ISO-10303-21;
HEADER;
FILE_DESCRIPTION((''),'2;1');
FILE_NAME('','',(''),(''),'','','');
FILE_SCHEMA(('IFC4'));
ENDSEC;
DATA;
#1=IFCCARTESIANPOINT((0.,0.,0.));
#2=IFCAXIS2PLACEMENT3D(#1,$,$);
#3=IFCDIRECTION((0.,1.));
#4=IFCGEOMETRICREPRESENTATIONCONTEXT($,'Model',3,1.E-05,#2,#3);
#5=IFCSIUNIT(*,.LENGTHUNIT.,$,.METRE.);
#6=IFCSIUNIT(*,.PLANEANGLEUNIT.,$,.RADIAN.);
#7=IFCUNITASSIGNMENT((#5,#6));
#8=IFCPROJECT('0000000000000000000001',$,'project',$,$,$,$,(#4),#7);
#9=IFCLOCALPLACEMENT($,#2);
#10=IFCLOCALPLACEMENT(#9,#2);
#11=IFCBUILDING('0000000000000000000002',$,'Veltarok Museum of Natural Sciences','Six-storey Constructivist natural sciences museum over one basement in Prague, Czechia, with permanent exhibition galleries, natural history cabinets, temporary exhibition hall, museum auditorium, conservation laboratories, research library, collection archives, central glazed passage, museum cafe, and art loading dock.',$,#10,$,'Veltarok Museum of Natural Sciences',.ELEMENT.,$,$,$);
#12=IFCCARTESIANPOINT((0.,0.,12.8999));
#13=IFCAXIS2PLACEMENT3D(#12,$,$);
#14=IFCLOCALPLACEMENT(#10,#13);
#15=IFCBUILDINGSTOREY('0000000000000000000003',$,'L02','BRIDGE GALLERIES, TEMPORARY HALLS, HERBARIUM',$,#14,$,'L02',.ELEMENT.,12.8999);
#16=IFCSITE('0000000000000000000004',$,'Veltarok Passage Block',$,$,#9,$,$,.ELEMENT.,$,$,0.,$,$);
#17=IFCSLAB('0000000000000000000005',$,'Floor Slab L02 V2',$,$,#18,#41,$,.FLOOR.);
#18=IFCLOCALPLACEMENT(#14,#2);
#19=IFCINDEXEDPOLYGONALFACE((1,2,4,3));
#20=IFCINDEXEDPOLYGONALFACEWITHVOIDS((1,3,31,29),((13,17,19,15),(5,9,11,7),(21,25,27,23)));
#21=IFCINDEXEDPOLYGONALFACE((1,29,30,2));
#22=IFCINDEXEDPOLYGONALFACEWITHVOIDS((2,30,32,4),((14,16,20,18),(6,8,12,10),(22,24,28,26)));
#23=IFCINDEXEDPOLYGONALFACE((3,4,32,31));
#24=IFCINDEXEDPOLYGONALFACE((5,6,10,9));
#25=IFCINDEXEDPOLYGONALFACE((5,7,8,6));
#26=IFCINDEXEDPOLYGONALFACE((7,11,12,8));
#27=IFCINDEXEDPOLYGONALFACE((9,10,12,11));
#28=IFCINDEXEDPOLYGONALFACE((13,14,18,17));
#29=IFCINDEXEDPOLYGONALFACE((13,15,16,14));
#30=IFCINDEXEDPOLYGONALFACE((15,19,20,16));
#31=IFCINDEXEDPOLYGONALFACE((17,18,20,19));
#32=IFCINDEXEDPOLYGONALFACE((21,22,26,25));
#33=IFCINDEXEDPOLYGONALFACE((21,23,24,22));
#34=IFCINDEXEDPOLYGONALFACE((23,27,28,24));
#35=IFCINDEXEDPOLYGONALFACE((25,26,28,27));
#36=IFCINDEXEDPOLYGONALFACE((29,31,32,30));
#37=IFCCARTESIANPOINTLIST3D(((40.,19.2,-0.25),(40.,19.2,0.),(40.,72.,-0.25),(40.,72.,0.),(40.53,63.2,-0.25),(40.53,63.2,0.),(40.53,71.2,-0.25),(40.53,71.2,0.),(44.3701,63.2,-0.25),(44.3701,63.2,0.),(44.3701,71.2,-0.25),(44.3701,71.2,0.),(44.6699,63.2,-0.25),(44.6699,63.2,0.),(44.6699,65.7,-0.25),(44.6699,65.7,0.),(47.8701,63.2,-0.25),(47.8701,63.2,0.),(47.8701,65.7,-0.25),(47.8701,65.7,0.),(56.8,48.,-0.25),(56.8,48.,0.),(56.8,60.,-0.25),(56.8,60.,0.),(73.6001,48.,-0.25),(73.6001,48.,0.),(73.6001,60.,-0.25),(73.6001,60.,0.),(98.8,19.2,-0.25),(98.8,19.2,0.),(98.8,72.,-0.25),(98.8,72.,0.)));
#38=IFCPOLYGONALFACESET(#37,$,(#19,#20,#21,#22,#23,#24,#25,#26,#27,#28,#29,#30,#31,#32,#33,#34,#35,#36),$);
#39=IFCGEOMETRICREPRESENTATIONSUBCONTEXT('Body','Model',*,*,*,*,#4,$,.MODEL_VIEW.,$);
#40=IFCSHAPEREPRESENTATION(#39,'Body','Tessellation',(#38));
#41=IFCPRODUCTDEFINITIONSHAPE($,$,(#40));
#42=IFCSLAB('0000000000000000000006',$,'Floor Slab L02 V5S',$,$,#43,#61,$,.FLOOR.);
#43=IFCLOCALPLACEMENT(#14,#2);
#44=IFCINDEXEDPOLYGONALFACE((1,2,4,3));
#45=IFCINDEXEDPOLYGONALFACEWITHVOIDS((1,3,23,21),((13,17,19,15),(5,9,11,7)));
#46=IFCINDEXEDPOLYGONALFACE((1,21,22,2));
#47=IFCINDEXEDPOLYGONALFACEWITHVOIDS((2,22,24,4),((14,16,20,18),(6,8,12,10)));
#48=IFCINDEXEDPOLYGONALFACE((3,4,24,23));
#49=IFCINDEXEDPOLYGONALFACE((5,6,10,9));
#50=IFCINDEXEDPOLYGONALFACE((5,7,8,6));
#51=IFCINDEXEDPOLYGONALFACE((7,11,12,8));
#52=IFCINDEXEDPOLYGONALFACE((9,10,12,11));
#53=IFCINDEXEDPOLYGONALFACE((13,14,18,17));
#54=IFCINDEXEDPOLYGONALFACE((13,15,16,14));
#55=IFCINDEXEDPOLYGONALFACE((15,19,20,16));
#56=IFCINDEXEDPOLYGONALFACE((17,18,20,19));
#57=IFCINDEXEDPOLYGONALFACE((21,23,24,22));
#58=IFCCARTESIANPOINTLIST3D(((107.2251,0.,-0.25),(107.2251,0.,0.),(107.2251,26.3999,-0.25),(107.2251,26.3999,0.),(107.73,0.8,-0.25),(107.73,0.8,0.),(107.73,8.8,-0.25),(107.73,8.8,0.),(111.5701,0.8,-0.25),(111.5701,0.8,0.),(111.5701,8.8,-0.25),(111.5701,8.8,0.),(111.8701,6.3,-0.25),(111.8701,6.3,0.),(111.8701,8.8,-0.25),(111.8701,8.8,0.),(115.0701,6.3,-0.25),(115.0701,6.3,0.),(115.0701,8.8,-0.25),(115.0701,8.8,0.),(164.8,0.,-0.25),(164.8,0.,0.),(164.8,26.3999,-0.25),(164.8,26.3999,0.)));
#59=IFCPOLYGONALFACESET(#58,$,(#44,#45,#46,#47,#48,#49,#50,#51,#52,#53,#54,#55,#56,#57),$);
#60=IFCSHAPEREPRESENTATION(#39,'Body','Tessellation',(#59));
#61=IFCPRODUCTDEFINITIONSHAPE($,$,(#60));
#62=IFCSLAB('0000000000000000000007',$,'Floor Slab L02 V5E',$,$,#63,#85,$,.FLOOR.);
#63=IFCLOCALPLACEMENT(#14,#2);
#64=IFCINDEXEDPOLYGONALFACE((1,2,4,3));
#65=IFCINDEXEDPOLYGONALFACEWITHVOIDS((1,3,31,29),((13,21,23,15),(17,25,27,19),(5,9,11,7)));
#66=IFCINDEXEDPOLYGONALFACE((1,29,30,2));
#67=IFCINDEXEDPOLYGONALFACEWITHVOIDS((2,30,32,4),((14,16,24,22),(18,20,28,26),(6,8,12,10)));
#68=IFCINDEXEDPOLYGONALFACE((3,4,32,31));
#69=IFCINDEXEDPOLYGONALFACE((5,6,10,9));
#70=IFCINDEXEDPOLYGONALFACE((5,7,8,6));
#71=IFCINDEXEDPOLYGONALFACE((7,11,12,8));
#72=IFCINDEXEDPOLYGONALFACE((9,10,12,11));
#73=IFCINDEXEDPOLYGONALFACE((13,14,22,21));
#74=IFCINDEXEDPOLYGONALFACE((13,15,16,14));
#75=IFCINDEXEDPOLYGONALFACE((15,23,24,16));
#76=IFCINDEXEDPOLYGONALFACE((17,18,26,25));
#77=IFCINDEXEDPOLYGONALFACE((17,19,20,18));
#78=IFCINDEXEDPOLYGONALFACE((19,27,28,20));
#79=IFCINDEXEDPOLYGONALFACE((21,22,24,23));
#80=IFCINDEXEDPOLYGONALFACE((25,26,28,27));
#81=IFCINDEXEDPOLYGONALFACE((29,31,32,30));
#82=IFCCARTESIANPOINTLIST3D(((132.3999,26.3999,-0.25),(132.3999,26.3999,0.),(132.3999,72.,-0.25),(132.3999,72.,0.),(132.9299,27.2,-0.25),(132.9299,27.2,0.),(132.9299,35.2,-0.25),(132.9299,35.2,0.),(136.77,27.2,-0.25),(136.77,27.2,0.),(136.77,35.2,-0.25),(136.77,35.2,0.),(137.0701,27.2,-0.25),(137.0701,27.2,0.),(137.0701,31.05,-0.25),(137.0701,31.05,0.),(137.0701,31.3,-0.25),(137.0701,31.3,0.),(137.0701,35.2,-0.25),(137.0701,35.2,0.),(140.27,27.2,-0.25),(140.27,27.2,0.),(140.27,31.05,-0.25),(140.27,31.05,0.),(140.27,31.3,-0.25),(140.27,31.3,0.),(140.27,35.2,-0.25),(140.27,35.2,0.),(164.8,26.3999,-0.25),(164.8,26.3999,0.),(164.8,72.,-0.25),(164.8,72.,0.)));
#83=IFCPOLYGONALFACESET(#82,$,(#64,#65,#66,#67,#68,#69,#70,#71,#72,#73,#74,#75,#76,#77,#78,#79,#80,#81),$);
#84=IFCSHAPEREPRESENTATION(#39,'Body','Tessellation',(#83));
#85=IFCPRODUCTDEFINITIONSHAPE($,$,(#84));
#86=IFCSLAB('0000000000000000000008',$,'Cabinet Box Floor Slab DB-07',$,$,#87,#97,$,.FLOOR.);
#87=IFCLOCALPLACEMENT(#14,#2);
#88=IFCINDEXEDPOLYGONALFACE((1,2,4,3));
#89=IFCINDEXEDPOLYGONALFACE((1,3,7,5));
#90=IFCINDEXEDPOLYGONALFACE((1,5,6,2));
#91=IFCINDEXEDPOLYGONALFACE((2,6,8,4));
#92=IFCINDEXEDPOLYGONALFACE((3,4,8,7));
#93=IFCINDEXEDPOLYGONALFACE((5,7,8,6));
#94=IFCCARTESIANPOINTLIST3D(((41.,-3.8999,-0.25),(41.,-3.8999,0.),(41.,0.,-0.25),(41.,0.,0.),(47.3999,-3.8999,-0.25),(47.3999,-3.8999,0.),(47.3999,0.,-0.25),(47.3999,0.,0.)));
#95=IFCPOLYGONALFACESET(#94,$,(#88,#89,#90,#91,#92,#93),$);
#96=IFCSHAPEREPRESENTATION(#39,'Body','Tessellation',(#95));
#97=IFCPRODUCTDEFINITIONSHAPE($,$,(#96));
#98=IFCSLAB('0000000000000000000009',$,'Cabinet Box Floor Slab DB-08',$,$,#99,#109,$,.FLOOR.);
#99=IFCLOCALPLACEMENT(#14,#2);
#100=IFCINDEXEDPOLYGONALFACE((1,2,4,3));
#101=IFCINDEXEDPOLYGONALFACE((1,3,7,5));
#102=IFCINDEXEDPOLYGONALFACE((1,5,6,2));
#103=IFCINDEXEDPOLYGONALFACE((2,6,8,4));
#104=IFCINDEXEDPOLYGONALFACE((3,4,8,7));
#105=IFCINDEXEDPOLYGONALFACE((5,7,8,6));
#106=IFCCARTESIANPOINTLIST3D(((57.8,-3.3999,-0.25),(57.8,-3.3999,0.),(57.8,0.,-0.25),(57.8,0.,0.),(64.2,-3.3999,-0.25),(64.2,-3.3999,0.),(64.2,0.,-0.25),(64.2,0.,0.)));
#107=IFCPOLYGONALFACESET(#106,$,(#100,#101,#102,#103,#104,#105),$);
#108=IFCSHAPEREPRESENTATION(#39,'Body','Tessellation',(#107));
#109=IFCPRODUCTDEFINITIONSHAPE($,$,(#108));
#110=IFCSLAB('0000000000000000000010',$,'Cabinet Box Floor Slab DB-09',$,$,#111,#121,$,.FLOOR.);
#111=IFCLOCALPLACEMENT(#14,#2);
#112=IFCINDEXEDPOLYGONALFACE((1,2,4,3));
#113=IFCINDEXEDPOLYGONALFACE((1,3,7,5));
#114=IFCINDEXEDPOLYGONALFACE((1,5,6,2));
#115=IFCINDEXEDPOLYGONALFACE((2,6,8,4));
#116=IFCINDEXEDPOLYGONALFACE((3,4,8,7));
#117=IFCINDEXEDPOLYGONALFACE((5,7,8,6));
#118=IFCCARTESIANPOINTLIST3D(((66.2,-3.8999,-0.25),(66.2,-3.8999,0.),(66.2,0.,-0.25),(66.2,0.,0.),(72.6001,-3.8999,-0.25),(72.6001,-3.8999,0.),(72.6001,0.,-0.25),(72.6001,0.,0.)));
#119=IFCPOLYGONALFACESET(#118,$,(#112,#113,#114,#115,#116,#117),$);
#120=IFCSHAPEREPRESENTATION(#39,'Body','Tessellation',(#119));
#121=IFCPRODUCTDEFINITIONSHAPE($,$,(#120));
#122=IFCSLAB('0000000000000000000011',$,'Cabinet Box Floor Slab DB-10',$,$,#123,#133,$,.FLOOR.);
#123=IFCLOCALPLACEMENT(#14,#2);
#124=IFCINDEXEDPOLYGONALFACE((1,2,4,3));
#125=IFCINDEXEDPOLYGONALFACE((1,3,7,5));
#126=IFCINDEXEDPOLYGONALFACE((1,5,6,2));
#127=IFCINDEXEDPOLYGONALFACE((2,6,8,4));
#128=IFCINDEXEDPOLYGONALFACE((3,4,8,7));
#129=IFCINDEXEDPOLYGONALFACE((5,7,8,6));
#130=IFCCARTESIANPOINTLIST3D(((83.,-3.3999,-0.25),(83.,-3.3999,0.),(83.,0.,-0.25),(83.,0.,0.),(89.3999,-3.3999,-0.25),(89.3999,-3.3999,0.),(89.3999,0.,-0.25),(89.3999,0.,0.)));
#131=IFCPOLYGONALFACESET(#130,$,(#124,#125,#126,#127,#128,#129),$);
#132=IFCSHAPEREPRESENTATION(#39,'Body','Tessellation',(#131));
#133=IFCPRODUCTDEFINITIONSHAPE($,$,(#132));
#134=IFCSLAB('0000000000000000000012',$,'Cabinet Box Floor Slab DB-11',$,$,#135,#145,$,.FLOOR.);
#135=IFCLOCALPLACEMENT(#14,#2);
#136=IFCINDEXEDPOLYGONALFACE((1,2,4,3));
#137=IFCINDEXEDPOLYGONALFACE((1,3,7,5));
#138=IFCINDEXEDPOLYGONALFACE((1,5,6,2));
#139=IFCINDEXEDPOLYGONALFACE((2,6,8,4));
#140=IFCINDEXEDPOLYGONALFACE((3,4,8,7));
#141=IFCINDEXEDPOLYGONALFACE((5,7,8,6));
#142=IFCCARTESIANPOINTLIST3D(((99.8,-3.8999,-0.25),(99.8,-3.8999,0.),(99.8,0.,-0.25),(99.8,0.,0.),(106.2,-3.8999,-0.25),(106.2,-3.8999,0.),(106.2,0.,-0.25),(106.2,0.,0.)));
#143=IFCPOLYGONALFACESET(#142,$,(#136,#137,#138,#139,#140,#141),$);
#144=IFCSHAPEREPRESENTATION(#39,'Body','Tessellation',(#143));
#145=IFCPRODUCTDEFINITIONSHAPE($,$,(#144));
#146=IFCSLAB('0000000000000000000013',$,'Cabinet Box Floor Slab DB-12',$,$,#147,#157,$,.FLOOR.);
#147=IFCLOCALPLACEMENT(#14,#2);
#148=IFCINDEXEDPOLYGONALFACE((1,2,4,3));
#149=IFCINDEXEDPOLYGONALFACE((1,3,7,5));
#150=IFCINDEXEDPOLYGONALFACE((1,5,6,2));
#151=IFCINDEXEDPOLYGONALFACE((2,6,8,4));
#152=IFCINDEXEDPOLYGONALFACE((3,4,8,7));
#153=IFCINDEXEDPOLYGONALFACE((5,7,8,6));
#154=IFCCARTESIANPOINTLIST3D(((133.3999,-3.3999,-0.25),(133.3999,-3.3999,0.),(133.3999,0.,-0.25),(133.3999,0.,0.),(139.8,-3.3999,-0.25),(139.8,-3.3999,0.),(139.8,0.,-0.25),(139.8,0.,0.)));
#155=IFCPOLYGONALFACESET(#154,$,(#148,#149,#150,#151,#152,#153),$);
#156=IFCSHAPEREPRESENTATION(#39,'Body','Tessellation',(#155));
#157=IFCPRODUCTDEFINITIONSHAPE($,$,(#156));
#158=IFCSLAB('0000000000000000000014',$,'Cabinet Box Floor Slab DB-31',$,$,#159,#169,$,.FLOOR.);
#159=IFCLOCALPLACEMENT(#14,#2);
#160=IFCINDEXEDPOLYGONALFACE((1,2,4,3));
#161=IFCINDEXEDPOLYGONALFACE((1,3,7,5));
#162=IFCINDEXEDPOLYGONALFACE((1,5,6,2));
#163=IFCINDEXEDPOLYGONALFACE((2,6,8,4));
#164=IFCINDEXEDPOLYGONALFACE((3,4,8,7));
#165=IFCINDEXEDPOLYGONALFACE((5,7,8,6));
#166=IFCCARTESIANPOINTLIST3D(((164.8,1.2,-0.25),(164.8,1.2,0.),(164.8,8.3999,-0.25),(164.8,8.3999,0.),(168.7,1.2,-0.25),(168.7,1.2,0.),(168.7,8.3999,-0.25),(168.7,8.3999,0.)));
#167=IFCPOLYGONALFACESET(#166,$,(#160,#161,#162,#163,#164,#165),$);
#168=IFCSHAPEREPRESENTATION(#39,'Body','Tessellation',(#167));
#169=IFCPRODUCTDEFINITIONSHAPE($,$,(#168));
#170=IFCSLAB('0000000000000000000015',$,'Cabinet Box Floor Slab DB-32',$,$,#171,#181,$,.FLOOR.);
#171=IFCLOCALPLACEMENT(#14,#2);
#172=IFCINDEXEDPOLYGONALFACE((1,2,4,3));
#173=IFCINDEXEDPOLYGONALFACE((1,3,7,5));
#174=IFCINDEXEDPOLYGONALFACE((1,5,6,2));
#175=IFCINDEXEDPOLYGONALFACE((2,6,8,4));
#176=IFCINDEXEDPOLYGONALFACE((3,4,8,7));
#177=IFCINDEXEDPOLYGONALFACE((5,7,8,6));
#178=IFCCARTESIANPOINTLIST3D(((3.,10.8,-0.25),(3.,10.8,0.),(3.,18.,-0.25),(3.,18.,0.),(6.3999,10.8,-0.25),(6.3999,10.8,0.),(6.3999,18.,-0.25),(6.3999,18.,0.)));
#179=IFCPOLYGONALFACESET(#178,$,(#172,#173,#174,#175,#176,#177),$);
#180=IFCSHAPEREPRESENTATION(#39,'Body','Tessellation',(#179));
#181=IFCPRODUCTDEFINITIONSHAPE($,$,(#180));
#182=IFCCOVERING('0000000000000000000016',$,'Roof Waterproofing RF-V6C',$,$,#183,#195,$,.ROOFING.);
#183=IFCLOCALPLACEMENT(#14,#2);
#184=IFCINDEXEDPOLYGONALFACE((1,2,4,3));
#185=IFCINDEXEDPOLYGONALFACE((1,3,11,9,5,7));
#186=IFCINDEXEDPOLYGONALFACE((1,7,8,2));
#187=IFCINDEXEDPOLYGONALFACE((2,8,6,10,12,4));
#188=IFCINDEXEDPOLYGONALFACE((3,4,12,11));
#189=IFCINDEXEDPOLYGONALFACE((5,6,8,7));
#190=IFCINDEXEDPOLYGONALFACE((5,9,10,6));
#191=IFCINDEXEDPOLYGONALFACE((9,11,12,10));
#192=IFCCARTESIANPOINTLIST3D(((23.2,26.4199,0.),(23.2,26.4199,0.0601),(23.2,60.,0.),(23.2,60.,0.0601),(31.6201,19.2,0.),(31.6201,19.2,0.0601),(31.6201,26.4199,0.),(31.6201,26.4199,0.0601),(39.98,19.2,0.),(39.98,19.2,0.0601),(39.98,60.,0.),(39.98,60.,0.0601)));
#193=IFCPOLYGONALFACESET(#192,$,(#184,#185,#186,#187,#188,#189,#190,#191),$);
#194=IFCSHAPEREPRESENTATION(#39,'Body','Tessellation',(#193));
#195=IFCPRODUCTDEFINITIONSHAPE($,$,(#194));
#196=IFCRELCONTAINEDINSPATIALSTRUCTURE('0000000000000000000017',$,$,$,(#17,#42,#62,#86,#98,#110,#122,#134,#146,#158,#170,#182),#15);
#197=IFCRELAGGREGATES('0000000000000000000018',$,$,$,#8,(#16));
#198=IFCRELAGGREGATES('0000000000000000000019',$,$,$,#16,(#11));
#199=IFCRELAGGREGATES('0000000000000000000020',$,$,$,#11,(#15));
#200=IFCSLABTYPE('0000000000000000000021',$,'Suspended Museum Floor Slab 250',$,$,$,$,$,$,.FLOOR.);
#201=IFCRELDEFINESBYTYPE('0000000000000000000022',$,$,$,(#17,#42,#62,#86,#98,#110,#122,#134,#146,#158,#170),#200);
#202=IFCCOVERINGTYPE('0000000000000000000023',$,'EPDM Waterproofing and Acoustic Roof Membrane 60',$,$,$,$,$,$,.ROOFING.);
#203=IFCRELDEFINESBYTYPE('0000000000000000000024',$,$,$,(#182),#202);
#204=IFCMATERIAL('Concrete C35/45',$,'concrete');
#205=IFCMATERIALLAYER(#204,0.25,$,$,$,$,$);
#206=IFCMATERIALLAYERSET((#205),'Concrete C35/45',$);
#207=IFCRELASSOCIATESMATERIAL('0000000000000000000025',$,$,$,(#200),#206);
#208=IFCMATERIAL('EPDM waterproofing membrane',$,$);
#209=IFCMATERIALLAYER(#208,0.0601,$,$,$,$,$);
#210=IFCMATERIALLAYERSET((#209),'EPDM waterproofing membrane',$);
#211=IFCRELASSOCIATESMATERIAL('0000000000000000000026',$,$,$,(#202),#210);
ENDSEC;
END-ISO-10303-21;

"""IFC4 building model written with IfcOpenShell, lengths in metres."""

from ifc_helpers import new_model, si_unit, direction, frame, origin, place, context, subcontext, project, spatial, polyline, outline, extrude, material, layer, layer_set, type_object, element, save


model = new_model("IFC4")

# Units and contexts
model_context = context("Model", 3, precision=1e-05, world=origin(), true_north=direction((0.0, 1.0)))
body_context = subcontext(model_context, "Body", "Model", "MODEL_VIEW")
ifc_project = project(units=[si_unit("LENGTHUNIT", "METRE"), si_unit("PLANEANGLEUNIT", "RADIAN")], contexts=[model_context])

# Site, building, storey
site_placement = place(None, origin())
site = spatial("IfcSite", under=ifc_project, at=site_placement, Name="Veltarok Passage Block", CompositionType="ELEMENT", RefElevation=0.0)
building_placement = place(site_placement, origin())
building = spatial("IfcBuilding", under=site, at=building_placement, Name="Veltarok Museum of Natural Sciences", Description="Six-storey Constructivist natural sciences museum over one basement in Prague, Czechia, with permanent exhibition galleries, natural history cabinets, temporary exhibition hall, museum auditorium, conservation laboratories, research library, collection archives, central glazed passage, museum cafe, and art loading dock.", LongName="Veltarok Museum of Natural Sciences", CompositionType="ELEMENT")
storey_placement = place(building_placement, frame((0.0, 0.0, 12.8999)))
storey = spatial("IfcBuildingStorey", under=building, at=storey_placement, Name="L02", Description="BRIDGE GALLERIES, TEMPORARY HALLS, HERBARIUM", LongName="L02", CompositionType="ELEMENT", Elevation=12.8999)

# Shared definitions
ifc_material_1 = material(Name="Concrete C35/45", Category="concrete")

# Slabs
ifc_layer_1 = layer(ifc_material_1, 0.25)
ifc_layer_set_1 = layer_set([ifc_layer_1], Name="Concrete C35/45")
slab_type_1 = type_object("IfcSlabType", Name="Suspended Museum Floor Slab 250", PredefinedType="FLOOR", material=ifc_layer_set_1)
slab_1_placement = place(storey_placement, frame((0.0, 0.0, -0.25)))
element("IfcSlab", 1, at=slab_1_placement, inside=storey, type_object=slab_type_1, Name="Floor Slab L02 V2", PredefinedType="FLOOR", context=body_context, shape_type="SweptSolid", body=[
    extrude(outline(polyline([(40.0, 19.2), (40.0, 72.0), (98.8, 72.0), (98.8, 19.2), (40.0, 19.2)]), holes=[polyline([(73.6001, 60.0), (56.8, 60.0), (56.8, 48.0), (73.6001, 48.0), (73.6001, 60.0)]), polyline([(47.8701, 65.7), (44.6699, 65.7), (44.6699, 63.2), (47.8701, 63.2), (47.8701, 65.7)]), polyline([(44.3701, 71.2), (40.53, 71.2), (40.53, 63.2), (44.3701, 63.2), (44.3701, 71.2)])]), origin(), (0.0, 0.0, 1.0), 0.25),
])
slab_2_placement = place(storey_placement, frame((0.0, 0.0, -0.25)))
element("IfcSlab", 2, at=slab_2_placement, inside=storey, type_object=slab_type_1, Name="Floor Slab L02 V5S", PredefinedType="FLOOR", context=body_context, shape_type="SweptSolid", body=[
    extrude(outline(polyline([(107.2251, 0.0), (107.2251, 26.3999), (164.8, 26.3999), (164.8, 0.0), (107.2251, 0.0)]), holes=[polyline([(107.73, 8.8), (107.73, 0.8), (111.5701, 0.8), (111.5701, 8.8), (107.73, 8.8)]), polyline([(115.0701, 8.8), (111.8701, 8.8), (111.8701, 6.3), (115.0701, 6.3), (115.0701, 8.8)])]), origin(), (0.0, 0.0, 1.0), 0.25),
])
slab_3_placement = place(storey_placement, frame((0.0, 0.0, -0.25)))
element("IfcSlab", 3, at=slab_3_placement, inside=storey, type_object=slab_type_1, Name="Floor Slab L02 V5E", PredefinedType="FLOOR", context=body_context, shape_type="SweptSolid", body=[
    extrude(outline(polyline([(132.3999, 26.3999), (132.3999, 72.0), (164.8, 72.0), (164.8, 26.3999), (132.3999, 26.3999)]), holes=[polyline([(140.27, 31.05), (137.0701, 31.05), (137.0701, 27.2), (140.27, 27.2), (140.27, 31.05)]), polyline([(136.77, 35.2), (132.9299, 35.2), (132.9299, 27.2), (136.77, 27.2), (136.77, 35.2)]), polyline([(140.27, 35.2), (137.0701, 35.2), (137.0701, 31.3), (140.27, 31.3), (140.27, 35.2)])]), origin(), (0.0, 0.0, 1.0), 0.25),
])
slab_4_placement = place(storey_placement, frame((0.0, 0.0, -0.25)))
element("IfcSlab", 4, at=slab_4_placement, inside=storey, type_object=slab_type_1, Name="Cabinet Box Floor Slab DB-07", PredefinedType="FLOOR", context=body_context, shape_type="SweptSolid", body=[
    extrude(outline(polyline([(41.0, -3.8999), (47.3999, -3.8999), (47.3999, 0.0), (41.0, 0.0), (41.0, -3.8999)])), origin(), (0.0, 0.0, 1.0), 0.25),
])
slab_5_placement = place(storey_placement, frame((0.0, 0.0, -0.25)))
element("IfcSlab", 5, at=slab_5_placement, inside=storey, type_object=slab_type_1, Name="Cabinet Box Floor Slab DB-08", PredefinedType="FLOOR", context=body_context, shape_type="SweptSolid", body=[
    extrude(outline(polyline([(57.8, -3.3999), (64.2, -3.3999), (64.2, 0.0), (57.8, 0.0), (57.8, -3.3999)])), origin(), (0.0, 0.0, 1.0), 0.25),
])
slab_6_placement = place(storey_placement, frame((0.0, 0.0, -0.25)))
element("IfcSlab", 6, at=slab_6_placement, inside=storey, type_object=slab_type_1, Name="Cabinet Box Floor Slab DB-09", PredefinedType="FLOOR", context=body_context, shape_type="SweptSolid", body=[
    extrude(outline(polyline([(66.2, -3.8999), (72.6001, -3.8999), (72.6001, 0.0), (66.2, 0.0), (66.2, -3.8999)])), origin(), (0.0, 0.0, 1.0), 0.25),
])
slab_7_placement = place(storey_placement, frame((0.0, 0.0, -0.25)))
element("IfcSlab", 7, at=slab_7_placement, inside=storey, type_object=slab_type_1, Name="Cabinet Box Floor Slab DB-10", PredefinedType="FLOOR", context=body_context, shape_type="SweptSolid", body=[
    extrude(outline(polyline([(83.0, -3.3999), (89.3999, -3.3999), (89.3999, 0.0), (83.0, 0.0), (83.0, -3.3999)])), origin(), (0.0, 0.0, 1.0), 0.25),
])
slab_8_placement = place(storey_placement, frame((0.0, 0.0, -0.25)))
element("IfcSlab", 8, at=slab_8_placement, inside=storey, type_object=slab_type_1, Name="Cabinet Box Floor Slab DB-11", PredefinedType="FLOOR", context=body_context, shape_type="SweptSolid", body=[
    extrude(outline(polyline([(99.8, -3.8999), (106.2, -3.8999), (106.2, 0.0), (99.8, 0.0), (99.8, -3.8999)])), origin(), (0.0, 0.0, 1.0), 0.25),
])
slab_9_placement = place(storey_placement, frame((0.0, 0.0, -0.25)))
element("IfcSlab", 9, at=slab_9_placement, inside=storey, type_object=slab_type_1, Name="Cabinet Box Floor Slab DB-12", PredefinedType="FLOOR", context=body_context, shape_type="SweptSolid", body=[
    extrude(outline(polyline([(133.3999, -3.3999), (139.8, -3.3999), (139.8, 0.0), (133.3999, 0.0), (133.3999, -3.3999)])), origin(), (0.0, 0.0, 1.0), 0.25),
])
slab_10_placement = place(storey_placement, frame((0.0, 0.0, -0.25)))
element("IfcSlab", 10, at=slab_10_placement, inside=storey, type_object=slab_type_1, Name="Cabinet Box Floor Slab DB-31", PredefinedType="FLOOR", context=body_context, shape_type="SweptSolid", body=[
    extrude(outline(polyline([(164.8, 1.2), (168.7, 1.2), (168.7, 8.3999), (164.8, 8.3999), (164.8, 1.2)])), origin(), (0.0, 0.0, 1.0), 0.25),
])
slab_11_placement = place(storey_placement, frame((0.0, 0.0, -0.25)))
element("IfcSlab", 11, at=slab_11_placement, inside=storey, type_object=slab_type_1, Name="Cabinet Box Floor Slab DB-32", PredefinedType="FLOOR", context=body_context, shape_type="SweptSolid", body=[
    extrude(outline(polyline([(3.0, 10.8), (6.3999, 10.8), (6.3999, 18.0), (3.0, 18.0), (3.0, 10.8)])), origin(), (0.0, 0.0, 1.0), 0.25),
])

# Covering
ifc_material_2 = material(Name="EPDM waterproofing membrane")
ifc_layer_2 = layer(ifc_material_2, 0.0601)
ifc_layer_set_2 = layer_set([ifc_layer_2], Name="EPDM waterproofing membrane")
covering_type = type_object("IfcCoveringType", Name="EPDM Waterproofing and Acoustic Roof Membrane 60", PredefinedType="ROOFING", material=ifc_layer_set_2)
covering_placement = place(storey_placement, origin())
element("IfcCovering", 12, at=covering_placement, inside=storey, type_object=covering_type, Name="Roof Waterproofing RF-V6C", PredefinedType="ROOFING", context=body_context, shape_type="SweptSolid", body=[
    extrude(outline(polyline([(39.98, 60.0), (39.98, 19.2), (31.6201, 19.2), (31.6201, 26.4199), (23.2, 26.4199), (23.2, 60.0), (39.98, 60.0)])), origin(), (0.0, 0.0, 1.0), 0.0601),
])

save(model, "model.ifc")
